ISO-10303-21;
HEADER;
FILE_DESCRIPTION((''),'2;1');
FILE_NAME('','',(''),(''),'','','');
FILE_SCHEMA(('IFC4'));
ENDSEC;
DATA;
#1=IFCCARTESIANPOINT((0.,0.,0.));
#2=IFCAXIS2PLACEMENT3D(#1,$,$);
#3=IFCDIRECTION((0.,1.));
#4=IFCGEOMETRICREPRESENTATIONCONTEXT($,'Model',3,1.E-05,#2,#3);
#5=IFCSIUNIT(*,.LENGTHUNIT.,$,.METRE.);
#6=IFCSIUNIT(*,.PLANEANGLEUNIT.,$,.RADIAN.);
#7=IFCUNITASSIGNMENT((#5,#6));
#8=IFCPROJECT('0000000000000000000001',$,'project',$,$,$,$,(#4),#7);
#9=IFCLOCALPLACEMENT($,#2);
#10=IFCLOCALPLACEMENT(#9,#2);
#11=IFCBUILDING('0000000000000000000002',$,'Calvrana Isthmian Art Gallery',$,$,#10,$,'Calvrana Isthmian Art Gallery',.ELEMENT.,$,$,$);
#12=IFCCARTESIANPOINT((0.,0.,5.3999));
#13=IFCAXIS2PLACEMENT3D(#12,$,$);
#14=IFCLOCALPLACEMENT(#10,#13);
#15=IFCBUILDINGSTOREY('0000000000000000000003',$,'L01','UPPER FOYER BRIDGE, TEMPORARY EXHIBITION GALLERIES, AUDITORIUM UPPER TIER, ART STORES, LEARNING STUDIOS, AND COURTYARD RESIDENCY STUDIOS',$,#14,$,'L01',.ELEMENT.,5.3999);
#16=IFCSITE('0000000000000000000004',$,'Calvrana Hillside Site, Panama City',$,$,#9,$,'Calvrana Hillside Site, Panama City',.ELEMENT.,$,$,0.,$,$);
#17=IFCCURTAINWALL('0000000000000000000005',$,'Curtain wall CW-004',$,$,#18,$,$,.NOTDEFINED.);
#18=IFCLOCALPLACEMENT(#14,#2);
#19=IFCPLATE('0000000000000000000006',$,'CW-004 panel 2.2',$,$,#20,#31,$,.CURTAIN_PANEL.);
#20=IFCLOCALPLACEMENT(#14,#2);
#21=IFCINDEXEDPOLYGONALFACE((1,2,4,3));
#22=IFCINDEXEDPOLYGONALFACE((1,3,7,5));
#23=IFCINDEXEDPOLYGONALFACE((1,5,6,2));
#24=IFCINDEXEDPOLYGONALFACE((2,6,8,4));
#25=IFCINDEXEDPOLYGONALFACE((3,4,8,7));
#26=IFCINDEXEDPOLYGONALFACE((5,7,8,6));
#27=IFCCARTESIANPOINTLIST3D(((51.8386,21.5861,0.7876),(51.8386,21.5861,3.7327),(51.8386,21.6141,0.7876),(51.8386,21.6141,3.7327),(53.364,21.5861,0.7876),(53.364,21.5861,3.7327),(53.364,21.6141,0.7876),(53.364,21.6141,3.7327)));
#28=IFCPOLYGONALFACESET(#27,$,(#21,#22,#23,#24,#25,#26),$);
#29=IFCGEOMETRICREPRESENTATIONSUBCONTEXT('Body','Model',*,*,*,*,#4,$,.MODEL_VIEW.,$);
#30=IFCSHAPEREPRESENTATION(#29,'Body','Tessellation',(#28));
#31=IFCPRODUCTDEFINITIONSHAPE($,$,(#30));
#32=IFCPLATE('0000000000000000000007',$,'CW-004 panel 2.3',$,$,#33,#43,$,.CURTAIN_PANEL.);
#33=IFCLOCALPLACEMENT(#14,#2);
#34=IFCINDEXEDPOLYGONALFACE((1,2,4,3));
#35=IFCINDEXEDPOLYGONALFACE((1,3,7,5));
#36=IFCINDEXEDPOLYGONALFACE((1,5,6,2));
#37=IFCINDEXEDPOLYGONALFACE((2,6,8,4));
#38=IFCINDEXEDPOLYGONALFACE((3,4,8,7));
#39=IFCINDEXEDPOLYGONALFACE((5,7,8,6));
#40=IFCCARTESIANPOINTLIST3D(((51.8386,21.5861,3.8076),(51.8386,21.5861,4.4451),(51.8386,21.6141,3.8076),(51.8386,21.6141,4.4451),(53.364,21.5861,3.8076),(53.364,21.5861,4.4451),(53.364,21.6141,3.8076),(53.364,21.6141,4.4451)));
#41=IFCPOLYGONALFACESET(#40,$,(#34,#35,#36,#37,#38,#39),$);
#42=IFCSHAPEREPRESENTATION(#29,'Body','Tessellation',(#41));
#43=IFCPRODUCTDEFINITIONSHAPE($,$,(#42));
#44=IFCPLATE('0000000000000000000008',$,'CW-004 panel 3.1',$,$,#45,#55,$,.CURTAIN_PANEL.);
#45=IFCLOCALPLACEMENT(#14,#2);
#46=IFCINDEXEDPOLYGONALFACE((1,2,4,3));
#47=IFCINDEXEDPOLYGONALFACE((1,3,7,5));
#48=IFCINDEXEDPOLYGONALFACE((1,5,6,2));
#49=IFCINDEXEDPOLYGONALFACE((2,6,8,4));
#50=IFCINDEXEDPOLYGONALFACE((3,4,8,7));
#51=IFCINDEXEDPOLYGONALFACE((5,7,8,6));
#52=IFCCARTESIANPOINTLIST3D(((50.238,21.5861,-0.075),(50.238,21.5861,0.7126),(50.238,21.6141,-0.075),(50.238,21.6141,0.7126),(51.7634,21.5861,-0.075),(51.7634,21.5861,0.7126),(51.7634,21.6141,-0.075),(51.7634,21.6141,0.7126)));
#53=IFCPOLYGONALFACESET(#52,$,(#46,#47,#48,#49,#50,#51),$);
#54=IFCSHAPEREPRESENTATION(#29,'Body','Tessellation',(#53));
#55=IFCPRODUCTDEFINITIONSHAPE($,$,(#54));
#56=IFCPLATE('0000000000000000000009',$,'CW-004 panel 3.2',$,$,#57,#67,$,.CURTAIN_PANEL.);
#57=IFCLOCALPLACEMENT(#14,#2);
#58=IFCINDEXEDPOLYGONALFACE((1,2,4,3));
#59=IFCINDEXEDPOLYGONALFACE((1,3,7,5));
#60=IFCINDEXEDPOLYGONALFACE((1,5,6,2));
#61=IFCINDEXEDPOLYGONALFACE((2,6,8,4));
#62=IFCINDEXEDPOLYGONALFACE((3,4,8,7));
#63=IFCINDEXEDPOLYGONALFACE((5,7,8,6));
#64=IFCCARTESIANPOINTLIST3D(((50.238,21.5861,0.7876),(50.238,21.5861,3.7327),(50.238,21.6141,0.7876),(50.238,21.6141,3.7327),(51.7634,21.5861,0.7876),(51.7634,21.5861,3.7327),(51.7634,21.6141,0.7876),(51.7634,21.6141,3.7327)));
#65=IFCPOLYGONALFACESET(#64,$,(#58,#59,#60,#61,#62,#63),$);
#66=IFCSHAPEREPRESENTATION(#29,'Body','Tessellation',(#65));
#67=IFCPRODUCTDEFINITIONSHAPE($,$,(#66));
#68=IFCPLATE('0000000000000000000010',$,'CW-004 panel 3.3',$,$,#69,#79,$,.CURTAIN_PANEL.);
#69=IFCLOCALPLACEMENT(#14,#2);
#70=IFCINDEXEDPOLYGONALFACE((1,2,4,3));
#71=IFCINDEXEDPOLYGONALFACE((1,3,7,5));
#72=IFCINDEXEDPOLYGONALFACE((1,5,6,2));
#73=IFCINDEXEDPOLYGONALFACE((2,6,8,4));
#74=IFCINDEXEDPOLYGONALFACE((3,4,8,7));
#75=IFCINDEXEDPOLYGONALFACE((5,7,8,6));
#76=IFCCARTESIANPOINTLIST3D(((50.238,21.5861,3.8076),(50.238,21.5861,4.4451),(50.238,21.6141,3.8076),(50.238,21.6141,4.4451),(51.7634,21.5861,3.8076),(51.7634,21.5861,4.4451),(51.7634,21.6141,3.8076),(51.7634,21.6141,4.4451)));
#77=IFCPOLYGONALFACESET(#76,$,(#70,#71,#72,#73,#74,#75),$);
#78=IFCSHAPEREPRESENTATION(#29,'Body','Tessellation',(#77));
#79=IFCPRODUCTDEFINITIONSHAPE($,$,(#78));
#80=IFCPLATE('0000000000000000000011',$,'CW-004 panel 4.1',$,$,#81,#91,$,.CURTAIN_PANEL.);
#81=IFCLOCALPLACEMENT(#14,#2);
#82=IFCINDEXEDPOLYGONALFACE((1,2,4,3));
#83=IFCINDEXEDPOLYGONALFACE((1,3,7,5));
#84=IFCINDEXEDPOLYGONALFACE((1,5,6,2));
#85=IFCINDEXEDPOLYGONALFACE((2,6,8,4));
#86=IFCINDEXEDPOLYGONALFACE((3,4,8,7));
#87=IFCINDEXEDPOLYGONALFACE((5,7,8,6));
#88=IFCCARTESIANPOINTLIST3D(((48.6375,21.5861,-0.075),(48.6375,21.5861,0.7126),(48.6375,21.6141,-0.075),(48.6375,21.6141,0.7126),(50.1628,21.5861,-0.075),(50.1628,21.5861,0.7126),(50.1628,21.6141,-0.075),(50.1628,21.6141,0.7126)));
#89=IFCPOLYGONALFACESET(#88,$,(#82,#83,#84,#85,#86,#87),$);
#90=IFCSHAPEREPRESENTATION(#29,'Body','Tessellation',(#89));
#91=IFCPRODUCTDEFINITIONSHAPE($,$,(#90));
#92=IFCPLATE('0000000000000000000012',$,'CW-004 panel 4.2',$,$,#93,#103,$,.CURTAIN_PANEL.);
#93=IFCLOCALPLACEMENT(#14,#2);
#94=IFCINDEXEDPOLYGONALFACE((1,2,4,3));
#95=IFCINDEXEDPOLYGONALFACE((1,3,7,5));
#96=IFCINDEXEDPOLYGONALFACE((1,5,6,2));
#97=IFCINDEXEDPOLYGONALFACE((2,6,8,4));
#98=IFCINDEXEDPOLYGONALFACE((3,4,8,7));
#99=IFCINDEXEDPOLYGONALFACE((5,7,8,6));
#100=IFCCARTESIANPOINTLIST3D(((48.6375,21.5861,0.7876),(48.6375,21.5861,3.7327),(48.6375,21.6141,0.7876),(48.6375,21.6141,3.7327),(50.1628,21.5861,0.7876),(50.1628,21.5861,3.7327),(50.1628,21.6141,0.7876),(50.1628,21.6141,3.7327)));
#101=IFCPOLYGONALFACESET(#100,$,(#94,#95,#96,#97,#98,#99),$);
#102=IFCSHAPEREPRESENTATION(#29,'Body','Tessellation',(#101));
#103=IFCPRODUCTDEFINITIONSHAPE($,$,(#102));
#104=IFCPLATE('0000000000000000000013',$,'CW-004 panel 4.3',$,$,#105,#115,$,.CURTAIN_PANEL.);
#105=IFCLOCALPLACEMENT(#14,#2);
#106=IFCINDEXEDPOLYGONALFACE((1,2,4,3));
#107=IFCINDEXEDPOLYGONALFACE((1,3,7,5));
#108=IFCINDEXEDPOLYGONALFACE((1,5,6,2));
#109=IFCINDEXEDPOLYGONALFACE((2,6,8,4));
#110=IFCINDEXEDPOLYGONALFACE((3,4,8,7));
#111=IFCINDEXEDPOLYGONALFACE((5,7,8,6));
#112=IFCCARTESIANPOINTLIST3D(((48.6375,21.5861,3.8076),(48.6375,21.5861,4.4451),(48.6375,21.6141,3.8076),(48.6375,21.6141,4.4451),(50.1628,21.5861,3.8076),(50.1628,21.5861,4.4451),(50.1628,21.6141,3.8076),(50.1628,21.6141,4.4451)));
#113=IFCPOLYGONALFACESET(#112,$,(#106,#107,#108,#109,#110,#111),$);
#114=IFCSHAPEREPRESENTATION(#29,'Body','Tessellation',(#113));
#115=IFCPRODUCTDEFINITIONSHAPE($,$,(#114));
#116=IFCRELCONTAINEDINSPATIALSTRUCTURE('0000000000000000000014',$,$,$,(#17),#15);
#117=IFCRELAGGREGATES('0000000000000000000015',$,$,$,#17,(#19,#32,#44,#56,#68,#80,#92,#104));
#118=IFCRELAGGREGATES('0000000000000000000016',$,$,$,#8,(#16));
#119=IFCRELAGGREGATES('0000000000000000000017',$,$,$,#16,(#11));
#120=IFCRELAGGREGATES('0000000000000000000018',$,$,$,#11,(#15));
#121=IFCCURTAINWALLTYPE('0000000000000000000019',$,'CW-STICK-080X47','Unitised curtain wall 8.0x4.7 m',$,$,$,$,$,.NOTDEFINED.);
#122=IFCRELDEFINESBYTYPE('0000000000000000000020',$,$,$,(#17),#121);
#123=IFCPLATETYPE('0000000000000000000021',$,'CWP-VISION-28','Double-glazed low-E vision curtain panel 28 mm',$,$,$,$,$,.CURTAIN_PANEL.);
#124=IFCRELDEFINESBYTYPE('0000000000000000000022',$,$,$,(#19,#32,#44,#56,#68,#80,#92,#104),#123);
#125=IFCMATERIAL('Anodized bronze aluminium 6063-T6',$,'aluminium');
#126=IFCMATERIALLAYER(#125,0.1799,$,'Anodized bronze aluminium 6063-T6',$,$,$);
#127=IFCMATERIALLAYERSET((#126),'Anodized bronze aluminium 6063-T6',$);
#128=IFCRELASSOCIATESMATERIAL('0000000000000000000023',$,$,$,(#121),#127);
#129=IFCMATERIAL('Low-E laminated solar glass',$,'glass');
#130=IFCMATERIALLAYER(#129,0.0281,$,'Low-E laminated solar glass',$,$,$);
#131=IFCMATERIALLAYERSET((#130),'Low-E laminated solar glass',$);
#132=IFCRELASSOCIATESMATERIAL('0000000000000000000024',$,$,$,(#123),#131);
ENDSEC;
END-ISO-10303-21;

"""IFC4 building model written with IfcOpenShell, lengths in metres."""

from ifc_helpers import new_model, si_unit, direction, frame, origin, origin_2d, place, context, subcontext, project, spatial, rectangle, extrude, material, layer, layer_set, type_object, element, aggregate, save


model = new_model("IFC4")

# Units and contexts
model_context = context("Model", 3, precision=1e-05, world=origin(), true_north=direction((0.0, 1.0)))
body_context = subcontext(model_context, "Body", "Model", "MODEL_VIEW")
ifc_project = project(units=[si_unit("LENGTHUNIT", "METRE"), si_unit("PLANEANGLEUNIT", "RADIAN")], contexts=[model_context])

# Site, building, storey
site_placement = place(None, origin())
site = spatial("IfcSite", under=ifc_project, at=site_placement, Name="Calvrana Hillside Site, Panama City", LongName="Calvrana Hillside Site, Panama City", CompositionType="ELEMENT", RefElevation=0.0)
building_placement = place(site_placement, origin())
building = spatial("IfcBuilding", under=site, at=building_placement, Name="Calvrana Isthmian Art Gallery", LongName="Calvrana Isthmian Art Gallery", CompositionType="ELEMENT")
storey_placement = place(building_placement, frame((0.0, 0.0, 5.3999)))
storey = spatial("IfcBuildingStorey", under=building, at=storey_placement, Name="L01", Description="UPPER FOYER BRIDGE, TEMPORARY EXHIBITION GALLERIES, AUDITORIUM UPPER TIER, ART STORES, LEARNING STUDIOS, AND COURTYARD RESIDENCY STUDIOS", LongName="L01", CompositionType="ELEMENT", Elevation=5.3999)

# Curtain wall, plates
ifc_material_1 = material(Name="Anodized bronze aluminium 6063-T6", Category="aluminium")
ifc_layer_1 = layer(ifc_material_1, 0.1799, Name="Anodized bronze aluminium 6063-T6")
ifc_layer_set_1 = layer_set([ifc_layer_1], Name="Anodized bronze aluminium 6063-T6")
curtain_wall_type = type_object("IfcCurtainWallType", Name="CW-STICK-080X47", Description="Unitised curtain wall 8.0x4.7 m", PredefinedType="NOTDEFINED", material=ifc_layer_set_1)
curtain_wall_placement = place(storey_placement, origin())
curtain_wall = element("IfcCurtainWall", 1, at=curtain_wall_placement, inside=storey, type_object=curtain_wall_type, Name="Curtain wall CW-004", PredefinedType="NOTDEFINED")
ifc_material_2 = material(Name="Low-E laminated solar glass", Category="glass")
ifc_layer_2 = layer(ifc_material_2, 0.0281, Name="Low-E laminated solar glass")
ifc_layer_set_2 = layer_set([ifc_layer_2], Name="Low-E laminated solar glass")
plate_type = type_object("IfcPlateType", Name="CWP-VISION-28", Description="Double-glazed low-E vision curtain panel 28 mm", PredefinedType="CURTAIN_PANEL", material=ifc_layer_set_2)
plate_1_placement = place(storey_placement, frame((52.6013, 21.6001, 0.7876), z_axis=(0.0, 0.0, 1.0), x_axis=(-1.0, 0.0, 0.0)))
plate_1 = element("IfcPlate", 2, at=plate_1_placement, type_object=plate_type, Name="CW-004 panel 2.2", PredefinedType="CURTAIN_PANEL", context=body_context, shape_type="SweptSolid", body=[
    extrude(rectangle(XDim=1.5254, YDim=0.0281, at=origin_2d()), origin(), (0.0, 0.0, 1.0), 2.9451),
])
plate_2_placement = place(storey_placement, frame((52.6013, 21.6001, 3.8076), z_axis=(0.0, 0.0, 1.0), x_axis=(-1.0, 0.0, 0.0)))
plate_2 = element("IfcPlate", 3, at=plate_2_placement, type_object=plate_type, Name="CW-004 panel 2.3", PredefinedType="CURTAIN_PANEL", context=body_context, shape_type="SweptSolid", body=[
    extrude(rectangle(XDim=1.5254, YDim=0.0281, at=origin_2d()), origin(), (0.0, 0.0, 1.0), 0.6375),
])
plate_3_placement = place(storey_placement, frame((51.0007, 21.6001, -0.075), z_axis=(0.0, 0.0, 1.0), x_axis=(-1.0, 0.0, 0.0)))
plate_3 = element("IfcPlate", 4, at=plate_3_placement, type_object=plate_type, Name="CW-004 panel 3.1", PredefinedType="CURTAIN_PANEL", context=body_context, shape_type="SweptSolid", body=[
    extrude(rectangle(XDim=1.5254, YDim=0.0281, at=origin_2d()), origin(), (0.0, 0.0, 1.0), 0.7876),
])
plate_4_placement = place(storey_placement, frame((51.0007, 21.6001, 0.7876), z_axis=(0.0, 0.0, 1.0), x_axis=(-1.0, 0.0, 0.0)))
plate_4 = element("IfcPlate", 5, at=plate_4_placement, type_object=plate_type, Name="CW-004 panel 3.2", PredefinedType="CURTAIN_PANEL", context=body_context, shape_type="SweptSolid", body=[
    extrude(rectangle(XDim=1.5254, YDim=0.0281, at=origin_2d()), origin(), (0.0, 0.0, 1.0), 2.9451),
])
plate_5_placement = place(storey_placement, frame((51.0007, 21.6001, 3.8076), z_axis=(0.0, 0.0, 1.0), x_axis=(-1.0, 0.0, 0.0)))
plate_5 = element("IfcPlate", 6, at=plate_5_placement, type_object=plate_type, Name="CW-004 panel 3.3", PredefinedType="CURTAIN_PANEL", context=body_context, shape_type="SweptSolid", body=[
    extrude(rectangle(XDim=1.5254, YDim=0.0281, at=origin_2d()), origin(), (0.0, 0.0, 1.0), 0.6375),
])
plate_6_placement = place(storey_placement, frame((49.4001, 21.6001, -0.075), z_axis=(0.0, 0.0, 1.0), x_axis=(-1.0, 0.0, 0.0)))
plate_6 = element("IfcPlate", 7, at=plate_6_placement, type_object=plate_type, Name="CW-004 panel 4.1", PredefinedType="CURTAIN_PANEL", context=body_context, shape_type="SweptSolid", body=[
    extrude(rectangle(XDim=1.5254, YDim=0.0281, at=origin_2d()), origin(), (0.0, 0.0, 1.0), 0.7876),
])
plate_7_placement = place(storey_placement, frame((49.4001, 21.6001, 0.7876), z_axis=(0.0, 0.0, 1.0), x_axis=(-1.0, 0.0, 0.0)))
plate_7 = element("IfcPlate", 8, at=plate_7_placement, type_object=plate_type, Name="CW-004 panel 4.2", PredefinedType="CURTAIN_PANEL", context=body_context, shape_type="SweptSolid", body=[
    extrude(rectangle(XDim=1.5254, YDim=0.0281, at=origin_2d()), origin(), (0.0, 0.0, 1.0), 2.9451),
])
plate_8_placement = place(storey_placement, frame((49.4001, 21.6001, 3.8076), z_axis=(0.0, 0.0, 1.0), x_axis=(-1.0, 0.0, 0.0)))
plate_8 = element("IfcPlate", 9, at=plate_8_placement, type_object=plate_type, Name="CW-004 panel 4.3", PredefinedType="CURTAIN_PANEL", context=body_context, shape_type="SweptSolid", body=[
    extrude(rectangle(XDim=1.5254, YDim=0.0281, at=origin_2d()), origin(), (0.0, 0.0, 1.0), 0.6375),
])
aggregate(curtain_wall, [plate_1, plate_2, plate_3, plate_4, plate_5, plate_6, plate_7, plate_8])

save(model, "model.ifc")
